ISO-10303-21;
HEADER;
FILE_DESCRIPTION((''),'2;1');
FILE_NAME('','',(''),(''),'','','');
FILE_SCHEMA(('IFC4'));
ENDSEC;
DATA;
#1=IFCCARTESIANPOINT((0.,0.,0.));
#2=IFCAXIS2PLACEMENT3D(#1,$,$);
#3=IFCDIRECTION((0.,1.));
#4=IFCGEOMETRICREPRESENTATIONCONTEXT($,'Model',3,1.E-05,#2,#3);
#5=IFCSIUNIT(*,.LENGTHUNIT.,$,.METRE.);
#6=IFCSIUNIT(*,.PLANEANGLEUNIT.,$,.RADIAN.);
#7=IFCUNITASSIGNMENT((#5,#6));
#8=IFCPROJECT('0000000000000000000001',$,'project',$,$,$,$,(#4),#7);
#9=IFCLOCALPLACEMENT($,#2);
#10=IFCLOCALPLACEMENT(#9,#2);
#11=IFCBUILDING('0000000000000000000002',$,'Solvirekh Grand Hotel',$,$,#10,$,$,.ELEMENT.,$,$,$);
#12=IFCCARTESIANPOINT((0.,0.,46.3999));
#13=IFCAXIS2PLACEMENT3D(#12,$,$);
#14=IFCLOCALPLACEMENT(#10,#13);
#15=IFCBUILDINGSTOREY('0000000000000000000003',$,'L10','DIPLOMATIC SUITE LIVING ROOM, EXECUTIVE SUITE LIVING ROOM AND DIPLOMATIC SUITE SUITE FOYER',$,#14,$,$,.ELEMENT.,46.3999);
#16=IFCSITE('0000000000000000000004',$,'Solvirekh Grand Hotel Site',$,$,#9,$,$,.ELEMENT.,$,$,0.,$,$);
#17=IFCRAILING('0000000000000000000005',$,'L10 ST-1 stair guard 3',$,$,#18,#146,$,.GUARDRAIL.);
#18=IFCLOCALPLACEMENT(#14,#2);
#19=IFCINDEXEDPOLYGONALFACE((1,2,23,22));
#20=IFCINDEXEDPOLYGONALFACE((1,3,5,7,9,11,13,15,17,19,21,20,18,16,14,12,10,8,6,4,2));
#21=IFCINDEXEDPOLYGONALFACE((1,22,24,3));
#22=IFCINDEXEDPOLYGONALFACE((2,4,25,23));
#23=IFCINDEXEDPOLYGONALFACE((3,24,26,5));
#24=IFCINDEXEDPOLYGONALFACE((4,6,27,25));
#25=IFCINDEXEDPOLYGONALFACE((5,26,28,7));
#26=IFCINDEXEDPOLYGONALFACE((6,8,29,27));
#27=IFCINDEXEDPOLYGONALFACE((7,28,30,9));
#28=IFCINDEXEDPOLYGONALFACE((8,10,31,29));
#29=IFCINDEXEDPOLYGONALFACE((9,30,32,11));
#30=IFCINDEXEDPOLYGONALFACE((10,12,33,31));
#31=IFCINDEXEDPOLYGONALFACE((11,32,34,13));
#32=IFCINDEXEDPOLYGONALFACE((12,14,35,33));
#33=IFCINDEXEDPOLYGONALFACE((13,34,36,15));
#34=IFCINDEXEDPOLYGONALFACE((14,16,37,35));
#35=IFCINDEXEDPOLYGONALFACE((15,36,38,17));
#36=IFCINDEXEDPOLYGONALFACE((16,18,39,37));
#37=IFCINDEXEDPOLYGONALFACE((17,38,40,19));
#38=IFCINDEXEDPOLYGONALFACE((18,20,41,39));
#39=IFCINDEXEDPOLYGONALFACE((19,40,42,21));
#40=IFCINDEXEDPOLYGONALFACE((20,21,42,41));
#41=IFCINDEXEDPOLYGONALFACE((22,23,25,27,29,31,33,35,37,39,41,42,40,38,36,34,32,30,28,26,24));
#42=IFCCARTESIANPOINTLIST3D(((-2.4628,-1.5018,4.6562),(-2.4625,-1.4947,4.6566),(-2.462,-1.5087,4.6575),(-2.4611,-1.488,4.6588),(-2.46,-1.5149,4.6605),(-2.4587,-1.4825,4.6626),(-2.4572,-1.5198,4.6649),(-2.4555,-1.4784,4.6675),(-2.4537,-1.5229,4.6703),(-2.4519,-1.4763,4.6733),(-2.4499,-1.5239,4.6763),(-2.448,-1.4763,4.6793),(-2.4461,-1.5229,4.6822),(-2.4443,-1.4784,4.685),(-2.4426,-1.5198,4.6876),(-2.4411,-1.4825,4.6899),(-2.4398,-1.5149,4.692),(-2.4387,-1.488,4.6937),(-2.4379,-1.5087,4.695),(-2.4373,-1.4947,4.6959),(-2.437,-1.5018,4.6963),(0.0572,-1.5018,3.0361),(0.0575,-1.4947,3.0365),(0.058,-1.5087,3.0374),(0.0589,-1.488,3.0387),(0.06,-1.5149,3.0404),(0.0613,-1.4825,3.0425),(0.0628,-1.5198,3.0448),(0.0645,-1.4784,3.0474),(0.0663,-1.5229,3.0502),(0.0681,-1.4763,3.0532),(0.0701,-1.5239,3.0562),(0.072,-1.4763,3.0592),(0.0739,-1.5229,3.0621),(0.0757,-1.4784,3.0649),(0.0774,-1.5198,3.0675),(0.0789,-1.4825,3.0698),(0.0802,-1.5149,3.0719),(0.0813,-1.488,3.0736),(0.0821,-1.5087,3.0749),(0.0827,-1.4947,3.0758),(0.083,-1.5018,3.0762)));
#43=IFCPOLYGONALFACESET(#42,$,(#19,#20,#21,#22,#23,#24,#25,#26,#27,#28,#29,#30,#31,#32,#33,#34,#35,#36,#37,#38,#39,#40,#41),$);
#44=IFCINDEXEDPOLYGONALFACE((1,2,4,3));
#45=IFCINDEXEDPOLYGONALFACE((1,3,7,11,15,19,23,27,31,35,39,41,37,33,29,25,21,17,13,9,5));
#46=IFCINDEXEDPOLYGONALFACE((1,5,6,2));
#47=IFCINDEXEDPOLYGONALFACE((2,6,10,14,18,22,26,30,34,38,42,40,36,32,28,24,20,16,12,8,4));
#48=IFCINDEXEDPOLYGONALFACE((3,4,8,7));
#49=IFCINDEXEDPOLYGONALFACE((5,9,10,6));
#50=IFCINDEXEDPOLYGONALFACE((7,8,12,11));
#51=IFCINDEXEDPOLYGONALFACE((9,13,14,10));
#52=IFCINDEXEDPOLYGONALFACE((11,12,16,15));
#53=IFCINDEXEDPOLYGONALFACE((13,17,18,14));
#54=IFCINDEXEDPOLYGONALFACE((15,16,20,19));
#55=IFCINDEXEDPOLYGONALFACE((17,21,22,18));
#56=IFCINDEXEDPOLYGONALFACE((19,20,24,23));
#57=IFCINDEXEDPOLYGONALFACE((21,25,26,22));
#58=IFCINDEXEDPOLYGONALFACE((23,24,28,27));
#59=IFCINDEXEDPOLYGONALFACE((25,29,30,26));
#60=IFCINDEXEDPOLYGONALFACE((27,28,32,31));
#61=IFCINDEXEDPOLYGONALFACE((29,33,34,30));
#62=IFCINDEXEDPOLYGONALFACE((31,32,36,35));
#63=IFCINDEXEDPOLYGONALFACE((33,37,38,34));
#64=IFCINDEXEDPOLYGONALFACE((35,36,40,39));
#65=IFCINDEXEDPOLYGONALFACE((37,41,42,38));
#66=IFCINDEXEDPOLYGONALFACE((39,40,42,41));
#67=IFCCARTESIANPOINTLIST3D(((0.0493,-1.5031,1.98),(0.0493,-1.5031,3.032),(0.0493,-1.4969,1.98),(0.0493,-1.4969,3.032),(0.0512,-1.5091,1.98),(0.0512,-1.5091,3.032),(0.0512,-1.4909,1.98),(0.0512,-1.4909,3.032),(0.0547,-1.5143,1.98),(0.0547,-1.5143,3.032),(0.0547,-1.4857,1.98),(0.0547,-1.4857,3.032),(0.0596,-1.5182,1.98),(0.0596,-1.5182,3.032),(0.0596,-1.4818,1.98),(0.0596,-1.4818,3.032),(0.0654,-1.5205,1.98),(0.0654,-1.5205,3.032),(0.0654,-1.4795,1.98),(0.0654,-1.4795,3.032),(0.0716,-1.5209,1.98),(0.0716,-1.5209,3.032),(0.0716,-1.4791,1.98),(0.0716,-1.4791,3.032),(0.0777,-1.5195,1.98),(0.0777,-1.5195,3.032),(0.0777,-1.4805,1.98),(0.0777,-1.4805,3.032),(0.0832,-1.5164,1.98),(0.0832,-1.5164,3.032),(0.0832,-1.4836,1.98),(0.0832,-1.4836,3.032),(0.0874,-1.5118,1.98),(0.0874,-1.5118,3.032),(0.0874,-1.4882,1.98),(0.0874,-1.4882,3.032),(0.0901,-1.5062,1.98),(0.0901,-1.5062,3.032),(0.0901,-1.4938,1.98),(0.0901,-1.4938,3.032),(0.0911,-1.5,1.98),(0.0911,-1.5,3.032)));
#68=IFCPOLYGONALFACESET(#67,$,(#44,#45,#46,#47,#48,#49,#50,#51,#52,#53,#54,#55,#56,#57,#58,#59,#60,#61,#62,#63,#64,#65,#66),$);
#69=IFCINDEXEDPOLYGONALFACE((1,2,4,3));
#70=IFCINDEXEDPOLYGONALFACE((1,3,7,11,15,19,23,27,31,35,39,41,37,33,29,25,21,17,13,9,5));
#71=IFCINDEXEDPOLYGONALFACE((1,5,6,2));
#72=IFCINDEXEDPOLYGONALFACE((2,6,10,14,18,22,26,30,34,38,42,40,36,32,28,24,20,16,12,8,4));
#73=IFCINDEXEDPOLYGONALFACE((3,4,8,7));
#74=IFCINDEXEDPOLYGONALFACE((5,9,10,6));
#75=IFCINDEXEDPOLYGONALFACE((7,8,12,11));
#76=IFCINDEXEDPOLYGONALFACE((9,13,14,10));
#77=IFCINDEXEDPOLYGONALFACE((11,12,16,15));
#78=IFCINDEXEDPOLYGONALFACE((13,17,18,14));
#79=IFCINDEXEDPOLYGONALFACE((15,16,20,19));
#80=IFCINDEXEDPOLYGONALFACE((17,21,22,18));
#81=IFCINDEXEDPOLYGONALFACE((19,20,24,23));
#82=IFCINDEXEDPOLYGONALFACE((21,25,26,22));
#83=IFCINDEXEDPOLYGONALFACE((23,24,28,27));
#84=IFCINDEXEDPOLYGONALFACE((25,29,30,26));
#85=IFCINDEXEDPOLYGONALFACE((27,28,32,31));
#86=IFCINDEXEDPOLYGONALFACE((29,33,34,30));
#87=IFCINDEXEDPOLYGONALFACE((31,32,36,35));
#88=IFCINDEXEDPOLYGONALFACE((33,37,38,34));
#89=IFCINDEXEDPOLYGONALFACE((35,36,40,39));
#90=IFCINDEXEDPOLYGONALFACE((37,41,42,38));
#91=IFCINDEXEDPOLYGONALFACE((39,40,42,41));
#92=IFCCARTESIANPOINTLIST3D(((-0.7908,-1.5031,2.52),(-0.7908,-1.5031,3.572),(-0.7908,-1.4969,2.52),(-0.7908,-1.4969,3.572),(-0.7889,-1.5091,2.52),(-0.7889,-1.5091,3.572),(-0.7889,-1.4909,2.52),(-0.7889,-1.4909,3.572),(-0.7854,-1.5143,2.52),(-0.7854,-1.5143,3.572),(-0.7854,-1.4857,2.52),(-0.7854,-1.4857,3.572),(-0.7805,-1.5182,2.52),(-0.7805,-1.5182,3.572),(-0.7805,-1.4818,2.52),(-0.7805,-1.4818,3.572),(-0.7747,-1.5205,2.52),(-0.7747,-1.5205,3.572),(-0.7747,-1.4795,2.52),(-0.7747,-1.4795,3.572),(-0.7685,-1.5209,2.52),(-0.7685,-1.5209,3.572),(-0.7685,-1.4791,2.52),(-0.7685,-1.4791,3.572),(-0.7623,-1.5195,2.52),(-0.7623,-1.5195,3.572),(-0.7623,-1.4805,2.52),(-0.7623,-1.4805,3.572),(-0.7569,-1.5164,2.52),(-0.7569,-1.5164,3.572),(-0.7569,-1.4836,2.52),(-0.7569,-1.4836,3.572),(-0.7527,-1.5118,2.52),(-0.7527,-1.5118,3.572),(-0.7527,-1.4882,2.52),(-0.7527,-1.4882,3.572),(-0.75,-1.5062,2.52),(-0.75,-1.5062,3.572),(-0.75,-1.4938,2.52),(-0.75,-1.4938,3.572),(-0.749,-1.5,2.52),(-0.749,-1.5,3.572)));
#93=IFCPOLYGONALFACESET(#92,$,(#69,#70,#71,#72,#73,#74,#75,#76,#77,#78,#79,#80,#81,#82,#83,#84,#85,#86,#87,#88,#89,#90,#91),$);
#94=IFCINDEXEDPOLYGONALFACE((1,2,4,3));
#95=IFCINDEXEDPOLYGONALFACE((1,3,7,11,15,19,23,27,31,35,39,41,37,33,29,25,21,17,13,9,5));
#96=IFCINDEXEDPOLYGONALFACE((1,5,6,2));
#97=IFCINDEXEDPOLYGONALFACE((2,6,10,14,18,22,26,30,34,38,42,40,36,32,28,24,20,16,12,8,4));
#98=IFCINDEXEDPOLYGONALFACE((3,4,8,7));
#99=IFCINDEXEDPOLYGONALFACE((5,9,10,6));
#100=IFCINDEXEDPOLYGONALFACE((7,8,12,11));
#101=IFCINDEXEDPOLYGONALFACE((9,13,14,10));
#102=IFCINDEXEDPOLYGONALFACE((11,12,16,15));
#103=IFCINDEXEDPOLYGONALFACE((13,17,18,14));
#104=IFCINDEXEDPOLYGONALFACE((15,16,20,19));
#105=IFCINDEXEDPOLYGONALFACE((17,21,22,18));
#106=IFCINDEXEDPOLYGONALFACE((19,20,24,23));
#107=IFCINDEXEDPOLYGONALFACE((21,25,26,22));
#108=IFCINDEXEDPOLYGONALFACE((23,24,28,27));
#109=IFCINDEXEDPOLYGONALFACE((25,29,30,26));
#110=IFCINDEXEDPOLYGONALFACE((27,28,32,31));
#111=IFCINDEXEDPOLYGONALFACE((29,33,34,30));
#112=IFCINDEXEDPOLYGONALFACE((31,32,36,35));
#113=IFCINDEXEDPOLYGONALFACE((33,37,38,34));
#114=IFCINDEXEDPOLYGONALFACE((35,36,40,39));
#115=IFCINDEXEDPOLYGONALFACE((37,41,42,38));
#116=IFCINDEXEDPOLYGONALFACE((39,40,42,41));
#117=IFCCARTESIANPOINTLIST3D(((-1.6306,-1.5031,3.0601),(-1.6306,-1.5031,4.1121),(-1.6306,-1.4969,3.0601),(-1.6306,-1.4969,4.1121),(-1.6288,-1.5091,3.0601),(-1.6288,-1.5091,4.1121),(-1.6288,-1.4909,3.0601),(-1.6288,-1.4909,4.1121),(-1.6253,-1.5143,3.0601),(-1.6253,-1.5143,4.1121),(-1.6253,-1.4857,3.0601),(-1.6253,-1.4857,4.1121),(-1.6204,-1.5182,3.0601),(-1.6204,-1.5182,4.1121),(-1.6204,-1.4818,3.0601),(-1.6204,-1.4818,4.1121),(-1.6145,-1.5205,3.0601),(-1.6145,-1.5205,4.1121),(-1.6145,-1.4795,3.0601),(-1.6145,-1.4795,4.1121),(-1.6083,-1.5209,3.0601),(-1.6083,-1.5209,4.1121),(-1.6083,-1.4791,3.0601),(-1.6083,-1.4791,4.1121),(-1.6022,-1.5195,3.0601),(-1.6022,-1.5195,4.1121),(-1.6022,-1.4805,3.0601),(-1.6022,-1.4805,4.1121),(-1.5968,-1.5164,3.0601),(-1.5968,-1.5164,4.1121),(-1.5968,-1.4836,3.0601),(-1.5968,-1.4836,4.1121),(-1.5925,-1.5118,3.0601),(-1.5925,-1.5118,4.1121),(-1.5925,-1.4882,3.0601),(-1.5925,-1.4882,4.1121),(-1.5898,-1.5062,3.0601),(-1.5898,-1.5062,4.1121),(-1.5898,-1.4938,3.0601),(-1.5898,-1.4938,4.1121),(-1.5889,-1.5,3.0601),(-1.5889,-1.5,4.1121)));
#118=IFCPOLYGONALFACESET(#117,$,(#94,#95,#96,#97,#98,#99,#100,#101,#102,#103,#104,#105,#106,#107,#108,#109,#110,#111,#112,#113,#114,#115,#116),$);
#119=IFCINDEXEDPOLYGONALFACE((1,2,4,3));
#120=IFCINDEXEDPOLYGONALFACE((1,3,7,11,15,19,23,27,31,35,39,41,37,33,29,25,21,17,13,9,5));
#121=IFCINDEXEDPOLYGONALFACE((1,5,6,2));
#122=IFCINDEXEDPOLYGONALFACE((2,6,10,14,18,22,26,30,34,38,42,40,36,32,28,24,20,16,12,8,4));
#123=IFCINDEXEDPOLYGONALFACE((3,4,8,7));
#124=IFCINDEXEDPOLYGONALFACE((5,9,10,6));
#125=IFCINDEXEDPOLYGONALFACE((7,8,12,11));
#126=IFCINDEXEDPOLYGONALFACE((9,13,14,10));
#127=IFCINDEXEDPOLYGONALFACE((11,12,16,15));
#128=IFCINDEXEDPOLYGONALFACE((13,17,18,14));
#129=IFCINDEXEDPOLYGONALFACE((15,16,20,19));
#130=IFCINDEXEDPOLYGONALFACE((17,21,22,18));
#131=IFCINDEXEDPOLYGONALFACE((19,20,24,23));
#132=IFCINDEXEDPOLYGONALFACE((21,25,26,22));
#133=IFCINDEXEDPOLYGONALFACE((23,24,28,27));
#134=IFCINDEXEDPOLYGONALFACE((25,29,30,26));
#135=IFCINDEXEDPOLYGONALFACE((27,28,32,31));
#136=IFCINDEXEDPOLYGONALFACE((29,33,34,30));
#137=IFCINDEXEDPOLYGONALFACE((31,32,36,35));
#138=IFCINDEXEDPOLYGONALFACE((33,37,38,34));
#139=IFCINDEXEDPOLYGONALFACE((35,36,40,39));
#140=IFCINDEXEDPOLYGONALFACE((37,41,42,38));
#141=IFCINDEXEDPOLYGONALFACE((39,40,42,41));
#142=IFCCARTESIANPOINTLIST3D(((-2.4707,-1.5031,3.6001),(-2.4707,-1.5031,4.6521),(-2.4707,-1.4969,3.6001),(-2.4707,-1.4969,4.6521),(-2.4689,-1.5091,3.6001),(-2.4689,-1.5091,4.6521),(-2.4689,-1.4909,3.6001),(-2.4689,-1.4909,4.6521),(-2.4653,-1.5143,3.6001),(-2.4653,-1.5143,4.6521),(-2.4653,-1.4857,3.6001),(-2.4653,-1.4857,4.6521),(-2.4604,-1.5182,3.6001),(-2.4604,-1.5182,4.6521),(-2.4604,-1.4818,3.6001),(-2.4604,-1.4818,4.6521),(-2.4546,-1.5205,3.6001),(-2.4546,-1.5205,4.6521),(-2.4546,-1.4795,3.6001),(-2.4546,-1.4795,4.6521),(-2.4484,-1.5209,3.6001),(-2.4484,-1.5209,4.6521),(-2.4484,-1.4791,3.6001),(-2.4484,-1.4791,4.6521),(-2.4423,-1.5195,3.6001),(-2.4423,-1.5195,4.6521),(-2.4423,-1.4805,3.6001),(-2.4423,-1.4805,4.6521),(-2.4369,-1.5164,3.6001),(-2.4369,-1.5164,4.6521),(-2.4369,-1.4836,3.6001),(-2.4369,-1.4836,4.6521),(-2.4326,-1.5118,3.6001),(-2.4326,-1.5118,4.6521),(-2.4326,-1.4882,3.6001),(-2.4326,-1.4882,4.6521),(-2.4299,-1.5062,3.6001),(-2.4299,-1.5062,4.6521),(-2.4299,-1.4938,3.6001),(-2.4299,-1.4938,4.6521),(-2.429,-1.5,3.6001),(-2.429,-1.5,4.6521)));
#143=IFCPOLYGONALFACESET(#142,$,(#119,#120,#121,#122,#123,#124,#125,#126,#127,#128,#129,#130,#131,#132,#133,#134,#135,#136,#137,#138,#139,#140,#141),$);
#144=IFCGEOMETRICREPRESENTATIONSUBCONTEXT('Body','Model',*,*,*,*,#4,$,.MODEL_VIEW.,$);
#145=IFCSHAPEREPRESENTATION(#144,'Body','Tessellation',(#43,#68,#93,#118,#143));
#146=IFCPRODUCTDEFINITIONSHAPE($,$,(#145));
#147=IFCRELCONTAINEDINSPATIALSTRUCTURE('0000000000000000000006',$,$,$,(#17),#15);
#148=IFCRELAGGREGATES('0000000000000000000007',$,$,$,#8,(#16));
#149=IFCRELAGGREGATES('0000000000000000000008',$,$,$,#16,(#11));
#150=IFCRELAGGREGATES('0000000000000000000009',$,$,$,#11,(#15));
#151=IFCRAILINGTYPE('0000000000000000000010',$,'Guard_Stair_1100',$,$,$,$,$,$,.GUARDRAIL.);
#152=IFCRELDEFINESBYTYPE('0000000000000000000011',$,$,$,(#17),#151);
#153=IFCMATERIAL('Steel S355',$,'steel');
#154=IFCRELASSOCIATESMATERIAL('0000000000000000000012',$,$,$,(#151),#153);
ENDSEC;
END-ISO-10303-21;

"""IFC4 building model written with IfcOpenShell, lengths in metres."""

from ifc_helpers import new_model, si_unit, direction, frame, origin, origin_2d, place, context, subcontext, project, spatial, circle, extrude, material, type_object, element, save


model = new_model("IFC4")

# Units and contexts
model_context = context("Model", 3, precision=1e-05, world=origin(), true_north=direction((0.0, 1.0)))
body_context = subcontext(model_context, "Body", "Model", "MODEL_VIEW")
ifc_project = project(units=[si_unit("LENGTHUNIT", "METRE"), si_unit("PLANEANGLEUNIT", "RADIAN")], contexts=[model_context])

# Site, building, storey
site_placement = place(None, origin())
site = spatial("IfcSite", under=ifc_project, at=site_placement, Name="Solvirekh Grand Hotel Site", CompositionType="ELEMENT", RefElevation=0.0)
building_placement = place(site_placement, origin())
building = spatial("IfcBuilding", under=site, at=building_placement, Name="Solvirekh Grand Hotel", CompositionType="ELEMENT")
storey_placement = place(building_placement, frame((0.0, 0.0, 46.3999)))
storey = spatial("IfcBuildingStorey", under=building, at=storey_placement, Name="L10", Description="DIPLOMATIC SUITE LIVING ROOM, EXECUTIVE SUITE LIVING ROOM AND DIPLOMATIC SUITE SUITE FOYER", CompositionType="ELEMENT", Elevation=46.3999)

# Railing
ifc_material_1 = material(Name="Steel S355", Category="steel")
railing_type_1 = type_object("IfcRailingType", Name="Guard_Stair_1100", PredefinedType="GUARDRAIL", material=ifc_material_1)
railing_1_placement = place(storey_placement, frame((0.0701, -1.5, 1.98)))
element("IfcRailing", 1, at=railing_1_placement, inside=storey, type_object=railing_type_1, Name="L10 ST-1 stair guard 3", PredefinedType="GUARDRAIL", context=body_context, shape_type="SweptSolid", body=[
    extrude(circle(Radius=0.0239, at=origin_2d()), frame((0.0, 0.0, 1.0762), z_axis=(-0.841163, 0.0, 0.540782), x_axis=(0.0, -1.0, 0.0)), (0.0, 0.0, 1.0), 2.9958),
    extrude(circle(Radius=0.021, at=origin_2d()), origin(), (0.0, 0.0, 1.0), 1.052),
    extrude(circle(Radius=0.021, at=origin_2d()), frame((-0.8401, 0.0, 0.54)), (0.0, 0.0, 1.0), 1.052),
    extrude(circle(Radius=0.021, at=origin_2d()), frame((-1.6799, 0.0, 1.0801)), (0.0, 0.0, 1.0), 1.052),
    extrude(circle(Radius=0.021, at=origin_2d()), frame((-2.52, 0.0, 1.6201)), (0.0, 0.0, 1.0), 1.052),
])

save(model, "model.ifc")
